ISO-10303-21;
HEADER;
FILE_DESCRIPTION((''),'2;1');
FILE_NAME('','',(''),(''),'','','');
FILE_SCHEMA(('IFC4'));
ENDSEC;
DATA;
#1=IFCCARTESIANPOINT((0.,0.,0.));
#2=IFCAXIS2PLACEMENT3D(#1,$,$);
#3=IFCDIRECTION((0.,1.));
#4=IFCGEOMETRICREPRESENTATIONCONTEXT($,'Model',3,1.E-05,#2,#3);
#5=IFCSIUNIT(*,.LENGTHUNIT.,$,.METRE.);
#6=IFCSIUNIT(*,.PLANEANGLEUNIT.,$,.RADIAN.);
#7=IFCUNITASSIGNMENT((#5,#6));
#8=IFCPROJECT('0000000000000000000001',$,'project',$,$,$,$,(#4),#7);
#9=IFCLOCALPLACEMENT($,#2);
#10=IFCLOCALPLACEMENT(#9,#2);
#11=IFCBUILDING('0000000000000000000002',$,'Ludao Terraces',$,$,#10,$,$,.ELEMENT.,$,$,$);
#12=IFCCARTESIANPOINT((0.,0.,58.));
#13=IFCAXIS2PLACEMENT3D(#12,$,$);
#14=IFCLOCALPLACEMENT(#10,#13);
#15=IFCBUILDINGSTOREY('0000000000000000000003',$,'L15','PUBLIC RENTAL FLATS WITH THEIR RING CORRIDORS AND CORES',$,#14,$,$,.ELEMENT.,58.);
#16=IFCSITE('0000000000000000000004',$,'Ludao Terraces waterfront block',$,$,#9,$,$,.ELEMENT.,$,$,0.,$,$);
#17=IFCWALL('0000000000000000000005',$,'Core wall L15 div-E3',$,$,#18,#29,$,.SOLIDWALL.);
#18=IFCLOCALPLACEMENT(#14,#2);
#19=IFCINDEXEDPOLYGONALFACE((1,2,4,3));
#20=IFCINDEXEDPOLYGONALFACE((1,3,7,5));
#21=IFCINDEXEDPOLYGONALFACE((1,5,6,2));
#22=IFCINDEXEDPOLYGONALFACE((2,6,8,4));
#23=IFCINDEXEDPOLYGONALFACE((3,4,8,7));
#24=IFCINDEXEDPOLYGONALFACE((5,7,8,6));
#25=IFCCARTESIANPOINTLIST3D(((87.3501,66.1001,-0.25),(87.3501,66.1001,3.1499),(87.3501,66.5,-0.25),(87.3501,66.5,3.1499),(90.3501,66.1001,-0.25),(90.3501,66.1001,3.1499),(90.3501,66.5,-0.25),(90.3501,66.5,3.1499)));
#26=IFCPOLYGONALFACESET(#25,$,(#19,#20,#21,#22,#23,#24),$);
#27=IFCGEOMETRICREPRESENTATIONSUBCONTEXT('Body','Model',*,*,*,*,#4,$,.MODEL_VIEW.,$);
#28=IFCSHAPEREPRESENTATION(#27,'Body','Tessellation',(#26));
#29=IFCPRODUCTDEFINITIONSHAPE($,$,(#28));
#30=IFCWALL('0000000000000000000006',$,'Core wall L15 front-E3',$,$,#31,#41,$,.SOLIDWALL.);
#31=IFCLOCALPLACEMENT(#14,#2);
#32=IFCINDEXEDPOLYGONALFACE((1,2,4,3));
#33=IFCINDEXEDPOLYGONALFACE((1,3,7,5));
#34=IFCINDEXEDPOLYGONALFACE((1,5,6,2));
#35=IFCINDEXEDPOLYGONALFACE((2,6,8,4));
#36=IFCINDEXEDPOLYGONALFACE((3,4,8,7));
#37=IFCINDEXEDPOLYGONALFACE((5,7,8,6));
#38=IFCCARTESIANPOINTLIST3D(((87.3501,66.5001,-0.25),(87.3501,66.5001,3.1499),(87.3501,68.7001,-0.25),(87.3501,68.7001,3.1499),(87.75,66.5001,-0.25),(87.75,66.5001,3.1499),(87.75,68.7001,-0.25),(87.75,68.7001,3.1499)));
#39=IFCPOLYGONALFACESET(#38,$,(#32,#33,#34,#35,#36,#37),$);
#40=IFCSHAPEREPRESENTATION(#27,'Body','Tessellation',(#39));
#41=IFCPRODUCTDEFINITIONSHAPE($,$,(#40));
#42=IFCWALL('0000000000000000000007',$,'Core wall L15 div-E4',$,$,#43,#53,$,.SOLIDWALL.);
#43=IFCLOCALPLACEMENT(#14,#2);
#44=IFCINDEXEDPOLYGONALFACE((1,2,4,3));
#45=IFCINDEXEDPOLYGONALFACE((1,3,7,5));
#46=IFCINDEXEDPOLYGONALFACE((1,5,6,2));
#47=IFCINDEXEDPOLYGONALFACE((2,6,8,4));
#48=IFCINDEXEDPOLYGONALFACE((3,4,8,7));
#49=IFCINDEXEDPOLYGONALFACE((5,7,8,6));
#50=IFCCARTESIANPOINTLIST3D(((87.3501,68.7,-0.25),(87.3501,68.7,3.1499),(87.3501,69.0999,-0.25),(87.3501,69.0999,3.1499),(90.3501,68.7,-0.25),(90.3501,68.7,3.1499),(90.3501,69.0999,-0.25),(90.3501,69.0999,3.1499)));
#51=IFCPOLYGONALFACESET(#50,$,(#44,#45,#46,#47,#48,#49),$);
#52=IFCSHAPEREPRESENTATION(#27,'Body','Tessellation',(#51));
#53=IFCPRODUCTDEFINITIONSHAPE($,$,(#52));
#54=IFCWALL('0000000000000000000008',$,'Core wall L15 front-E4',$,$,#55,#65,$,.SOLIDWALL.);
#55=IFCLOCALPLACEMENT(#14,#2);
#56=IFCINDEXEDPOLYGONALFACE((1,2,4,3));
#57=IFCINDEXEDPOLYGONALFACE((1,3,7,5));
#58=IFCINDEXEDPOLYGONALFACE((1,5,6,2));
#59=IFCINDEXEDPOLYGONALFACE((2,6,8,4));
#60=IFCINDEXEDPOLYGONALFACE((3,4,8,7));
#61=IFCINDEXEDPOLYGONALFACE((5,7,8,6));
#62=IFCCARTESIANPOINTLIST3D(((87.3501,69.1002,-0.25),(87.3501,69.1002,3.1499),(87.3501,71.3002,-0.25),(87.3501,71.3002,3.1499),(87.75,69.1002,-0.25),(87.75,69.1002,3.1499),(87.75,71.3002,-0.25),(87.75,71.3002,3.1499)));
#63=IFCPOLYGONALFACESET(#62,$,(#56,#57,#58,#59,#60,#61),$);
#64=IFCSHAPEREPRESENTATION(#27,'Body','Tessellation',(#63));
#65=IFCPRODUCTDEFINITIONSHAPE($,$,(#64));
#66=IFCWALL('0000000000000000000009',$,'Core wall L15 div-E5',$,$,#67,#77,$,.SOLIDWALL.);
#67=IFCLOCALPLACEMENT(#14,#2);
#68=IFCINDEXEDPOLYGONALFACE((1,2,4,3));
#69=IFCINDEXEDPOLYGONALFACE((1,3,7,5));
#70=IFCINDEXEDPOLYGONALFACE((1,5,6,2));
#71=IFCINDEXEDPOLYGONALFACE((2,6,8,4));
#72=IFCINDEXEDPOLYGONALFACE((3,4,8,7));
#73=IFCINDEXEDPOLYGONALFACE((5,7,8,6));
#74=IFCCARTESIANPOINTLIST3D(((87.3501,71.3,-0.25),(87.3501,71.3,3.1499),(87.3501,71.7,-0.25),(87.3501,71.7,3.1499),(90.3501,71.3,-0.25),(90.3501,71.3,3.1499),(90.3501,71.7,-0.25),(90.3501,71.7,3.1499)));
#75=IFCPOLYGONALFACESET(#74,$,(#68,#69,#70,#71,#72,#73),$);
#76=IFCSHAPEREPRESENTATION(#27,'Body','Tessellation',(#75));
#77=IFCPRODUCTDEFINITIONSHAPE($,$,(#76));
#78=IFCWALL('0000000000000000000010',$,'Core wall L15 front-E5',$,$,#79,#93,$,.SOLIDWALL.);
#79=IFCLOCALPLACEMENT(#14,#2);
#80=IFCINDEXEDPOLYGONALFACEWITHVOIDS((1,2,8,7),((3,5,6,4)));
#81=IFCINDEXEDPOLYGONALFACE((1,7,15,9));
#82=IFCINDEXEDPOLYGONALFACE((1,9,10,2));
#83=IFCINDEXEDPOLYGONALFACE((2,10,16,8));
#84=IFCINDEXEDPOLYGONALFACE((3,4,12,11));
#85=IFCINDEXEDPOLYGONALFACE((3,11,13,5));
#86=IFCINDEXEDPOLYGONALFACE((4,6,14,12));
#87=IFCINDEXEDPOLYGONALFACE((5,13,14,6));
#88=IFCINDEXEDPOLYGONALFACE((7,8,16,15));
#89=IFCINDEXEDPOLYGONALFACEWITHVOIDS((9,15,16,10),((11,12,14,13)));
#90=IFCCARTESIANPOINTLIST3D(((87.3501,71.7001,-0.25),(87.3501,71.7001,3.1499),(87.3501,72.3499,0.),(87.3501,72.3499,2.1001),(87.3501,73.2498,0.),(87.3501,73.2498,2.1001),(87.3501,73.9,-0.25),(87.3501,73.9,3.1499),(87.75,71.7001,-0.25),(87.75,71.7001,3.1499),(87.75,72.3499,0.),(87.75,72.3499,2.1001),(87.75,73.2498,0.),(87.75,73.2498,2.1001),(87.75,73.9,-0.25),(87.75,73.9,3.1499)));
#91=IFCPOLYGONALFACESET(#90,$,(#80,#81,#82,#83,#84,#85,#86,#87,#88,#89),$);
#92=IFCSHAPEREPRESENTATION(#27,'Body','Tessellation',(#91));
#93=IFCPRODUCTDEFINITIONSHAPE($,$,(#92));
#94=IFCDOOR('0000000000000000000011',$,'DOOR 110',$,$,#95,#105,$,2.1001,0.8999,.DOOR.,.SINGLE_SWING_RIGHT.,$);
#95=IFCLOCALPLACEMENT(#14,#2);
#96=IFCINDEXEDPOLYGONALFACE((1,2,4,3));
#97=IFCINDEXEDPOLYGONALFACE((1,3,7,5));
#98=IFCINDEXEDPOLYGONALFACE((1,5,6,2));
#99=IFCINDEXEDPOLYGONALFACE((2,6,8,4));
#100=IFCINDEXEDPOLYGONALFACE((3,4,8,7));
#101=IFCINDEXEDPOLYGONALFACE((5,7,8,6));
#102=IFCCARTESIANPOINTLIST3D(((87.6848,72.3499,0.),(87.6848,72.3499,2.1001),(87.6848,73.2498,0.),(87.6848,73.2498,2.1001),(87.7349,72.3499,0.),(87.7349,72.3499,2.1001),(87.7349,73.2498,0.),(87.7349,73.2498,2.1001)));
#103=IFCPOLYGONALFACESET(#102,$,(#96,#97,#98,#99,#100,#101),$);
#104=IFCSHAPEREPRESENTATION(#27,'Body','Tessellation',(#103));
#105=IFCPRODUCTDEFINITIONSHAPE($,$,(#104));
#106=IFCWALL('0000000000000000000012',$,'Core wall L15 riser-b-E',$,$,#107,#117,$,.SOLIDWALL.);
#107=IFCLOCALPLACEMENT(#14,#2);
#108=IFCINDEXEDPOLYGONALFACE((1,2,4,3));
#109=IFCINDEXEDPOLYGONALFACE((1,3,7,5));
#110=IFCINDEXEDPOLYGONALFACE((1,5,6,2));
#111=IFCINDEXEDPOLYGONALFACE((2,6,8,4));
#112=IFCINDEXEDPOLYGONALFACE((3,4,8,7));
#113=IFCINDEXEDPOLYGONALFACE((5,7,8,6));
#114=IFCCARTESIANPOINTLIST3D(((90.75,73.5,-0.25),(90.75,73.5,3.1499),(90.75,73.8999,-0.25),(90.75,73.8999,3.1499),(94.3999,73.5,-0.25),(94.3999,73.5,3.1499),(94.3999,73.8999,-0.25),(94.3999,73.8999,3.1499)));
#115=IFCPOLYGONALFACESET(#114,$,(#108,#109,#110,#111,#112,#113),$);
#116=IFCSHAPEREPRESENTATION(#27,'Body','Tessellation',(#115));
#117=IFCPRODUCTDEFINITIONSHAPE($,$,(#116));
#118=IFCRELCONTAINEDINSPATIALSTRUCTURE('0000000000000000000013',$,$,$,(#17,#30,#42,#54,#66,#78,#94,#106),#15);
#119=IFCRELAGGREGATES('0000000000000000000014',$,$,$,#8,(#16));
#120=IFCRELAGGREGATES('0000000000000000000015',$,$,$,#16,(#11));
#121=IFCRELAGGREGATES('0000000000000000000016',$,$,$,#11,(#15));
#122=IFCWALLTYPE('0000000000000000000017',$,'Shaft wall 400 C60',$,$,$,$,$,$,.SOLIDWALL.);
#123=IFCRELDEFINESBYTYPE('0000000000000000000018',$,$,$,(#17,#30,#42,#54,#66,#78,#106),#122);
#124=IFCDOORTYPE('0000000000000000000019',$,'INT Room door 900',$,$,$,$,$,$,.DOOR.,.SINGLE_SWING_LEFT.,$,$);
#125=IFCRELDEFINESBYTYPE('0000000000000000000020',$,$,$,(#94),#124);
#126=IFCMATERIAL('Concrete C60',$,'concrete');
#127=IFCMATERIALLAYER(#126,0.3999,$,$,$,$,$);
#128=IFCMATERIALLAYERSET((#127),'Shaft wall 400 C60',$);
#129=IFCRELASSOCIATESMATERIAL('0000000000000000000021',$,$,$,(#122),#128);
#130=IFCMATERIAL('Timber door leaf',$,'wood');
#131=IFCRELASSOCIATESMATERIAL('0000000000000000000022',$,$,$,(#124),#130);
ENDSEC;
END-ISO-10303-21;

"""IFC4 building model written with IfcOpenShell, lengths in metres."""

from ifc_helpers import new_model, si_unit, direction, frame, frame_2d, origin, place, context, subcontext, project, spatial, rectangle, extrude, material, layer, layer_set, type_object, element, fill, save


model = new_model("IFC4")

# Units and contexts
model_context = context("Model", 3, precision=1e-05, world=origin(), true_north=direction((0.0, 1.0)))
body_context = subcontext(model_context, "Body", "Model", "MODEL_VIEW")
ifc_project = project(units=[si_unit("LENGTHUNIT", "METRE"), si_unit("PLANEANGLEUNIT", "RADIAN")], contexts=[model_context])

# Site, building, storey
site_placement = place(None, origin())
site = spatial("IfcSite", under=ifc_project, at=site_placement, Name="Ludao Terraces waterfront block", CompositionType="ELEMENT", RefElevation=0.0)
building_placement = place(site_placement, origin())
building = spatial("IfcBuilding", under=site, at=building_placement, Name="Ludao Terraces", CompositionType="ELEMENT")
storey_placement = place(building_placement, frame((0.0, 0.0, 58.0)))
storey = spatial("IfcBuildingStorey", under=building, at=storey_placement, Name="L15", Description="PUBLIC RENTAL FLATS WITH THEIR RING CORRIDORS AND CORES", CompositionType="ELEMENT", Elevation=58.0)

# Shared definitions
ifc_material_1 = material(Name="Concrete C60", Category="concrete")
ifc_layer_1 = layer(ifc_material_1, 0.3999)
ifc_layer_set_1 = layer_set([ifc_layer_1], Name="Shaft wall 400 C60")
wall_type_1 = type_object("IfcWallType", Name="Shaft wall 400 C60", PredefinedType="SOLIDWALL", material=ifc_layer_set_1)

# Walls
wall_1_placement = place(storey_placement, frame((87.3501, 66.3, -0.25), z_axis=(0.0, 0.0, 1.0), x_axis=(1.0, 0.0, 0.0)))
element("IfcWall", 1, at=wall_1_placement, inside=storey, type_object=wall_type_1, Name="Core wall L15 div-E3", PredefinedType="SOLIDWALL", context=body_context, shape_type="SweptSolid", body=[
    extrude(rectangle(XDim=3.0, YDim=0.3999, at=frame_2d((1.5, 0.0))), origin(), (0.0, 0.0, 1.0), 3.3999),
])
wall_2_placement = place(storey_placement, frame((87.55, 66.5, -0.25), z_axis=(0.0, 0.0, 1.0), x_axis=(0.0, 1.0, 0.0)))
element("IfcWall", 2, at=wall_2_placement, inside=storey, type_object=wall_type_1, Name="Core wall L15 front-E3", PredefinedType="SOLIDWALL", context=body_context, shape_type="SweptSolid", body=[
    extrude(rectangle(XDim=2.2, YDim=0.3999, at=frame_2d((1.1001, 0.0))), origin(), (0.0, 0.0, 1.0), 3.3999),
])
wall_3_placement = place(storey_placement, frame((87.3501, 68.8999, -0.25), z_axis=(0.0, 0.0, 1.0), x_axis=(1.0, 0.0, 0.0)))
element("IfcWall", 3, at=wall_3_placement, inside=storey, type_object=wall_type_1, Name="Core wall L15 div-E4", PredefinedType="SOLIDWALL", context=body_context, shape_type="SweptSolid", body=[
    extrude(rectangle(XDim=3.0, YDim=0.3999, at=frame_2d((1.5, 0.0))), origin(), (0.0, 0.0, 1.0), 3.3999),
])
wall_4_placement = place(storey_placement, frame((87.55, 69.1001, -0.25), z_axis=(0.0, 0.0, 1.0), x_axis=(0.0, 1.0, 0.0)))
element("IfcWall", 4, at=wall_4_placement, inside=storey, type_object=wall_type_1, Name="Core wall L15 front-E4", PredefinedType="SOLIDWALL", context=body_context, shape_type="SweptSolid", body=[
    extrude(rectangle(XDim=2.2, YDim=0.3999, at=frame_2d((1.1001, 0.0))), origin(), (0.0, 0.0, 1.0), 3.3999),
])
wall_5_placement = place(storey_placement, frame((87.3501, 71.5, -0.25), z_axis=(0.0, 0.0, 1.0), x_axis=(1.0, 0.0, 0.0)))
element("IfcWall", 5, at=wall_5_placement, inside=storey, type_object=wall_type_1, Name="Core wall L15 div-E5", PredefinedType="SOLIDWALL", context=body_context, shape_type="SweptSolid", body=[
    extrude(rectangle(XDim=3.0, YDim=0.3999, at=frame_2d((1.5, 0.0))), origin(), (0.0, 0.0, 1.0), 3.3999),
])

# Wall, opening, door
wall_6_placement = place(storey_placement, frame((87.55, 71.7, -0.25), z_axis=(0.0, 0.0, 1.0), x_axis=(0.0, 1.0, 0.0)))
wall_6 = element("IfcWall", 6, at=wall_6_placement, inside=storey, type_object=wall_type_1, Name="Core wall L15 front-E5", PredefinedType="SOLIDWALL", context=body_context, shape_type="SweptSolid", body=[
    extrude(rectangle(XDim=2.2, YDim=0.3999, at=frame_2d((1.1001, 0.0))), origin(), (0.0, 0.0, 1.0), 3.3999),
])
opening_1_placement = place(wall_6_placement, frame((0.6499, 0.0, 0.25)))
opening_1 = element("IfcOpeningElement", 7, at=opening_1_placement, cuts=wall_6, PredefinedType="OPENING", context=body_context, shape_type="SweptSolid", body=[
    extrude(rectangle(XDim=0.8999, YDim=2.1001, at=frame_2d((0.45, 1.05))), frame((0.0, 0.21, 0.0), z_axis=(0.0, -1.0, 0.0), x_axis=(1.0, 0.0, 0.0)), (0.0, 0.0, 1.0), 0.4199),
])
ifc_material_2 = material(Name="Timber door leaf", Category="wood")
door_type_1 = type_object("IfcDoorType", Name="INT Room door 900", OperationType="SINGLE_SWING_LEFT", PredefinedType="DOOR", material=ifc_material_2)
door_1_placement = place(opening_1_placement, origin())
door_1 = element("IfcDoor", 8, at=door_1_placement, inside=storey, type_object=door_type_1, Name="DOOR 110", OperationType="SINGLE_SWING_RIGHT", OverallHeight=2.1001, OverallWidth=0.8999, PredefinedType="DOOR", context=body_context, shape_type="SweptSolid", body=[
    extrude(rectangle(XDim=0.8999, YDim=2.1001, at=frame_2d((0.45, 1.05))), frame((0.0, -0.1348, 0.0), z_axis=(0.0, -1.0, 0.0), x_axis=(1.0, 0.0, 0.0)), (0.0, 0.0, 1.0), 0.05),
])
fill(opening_1, door_1)

# Wall
wall_7_placement = place(storey_placement, frame((90.75, 73.7, -0.25), z_axis=(0.0, 0.0, 1.0), x_axis=(1.0, 0.0, 0.0)))
element("IfcWall", 9, at=wall_7_placement, inside=storey, type_object=wall_type_1, Name="Core wall L15 riser-b-E", PredefinedType="SOLIDWALL", context=body_context, shape_type="SweptSolid", body=[
    extrude(rectangle(XDim=3.6499, YDim=0.3999, at=frame_2d((1.825, 0.0))), origin(), (0.0, 0.0, 1.0), 3.3999),
])

save(model, "model.ifc")
